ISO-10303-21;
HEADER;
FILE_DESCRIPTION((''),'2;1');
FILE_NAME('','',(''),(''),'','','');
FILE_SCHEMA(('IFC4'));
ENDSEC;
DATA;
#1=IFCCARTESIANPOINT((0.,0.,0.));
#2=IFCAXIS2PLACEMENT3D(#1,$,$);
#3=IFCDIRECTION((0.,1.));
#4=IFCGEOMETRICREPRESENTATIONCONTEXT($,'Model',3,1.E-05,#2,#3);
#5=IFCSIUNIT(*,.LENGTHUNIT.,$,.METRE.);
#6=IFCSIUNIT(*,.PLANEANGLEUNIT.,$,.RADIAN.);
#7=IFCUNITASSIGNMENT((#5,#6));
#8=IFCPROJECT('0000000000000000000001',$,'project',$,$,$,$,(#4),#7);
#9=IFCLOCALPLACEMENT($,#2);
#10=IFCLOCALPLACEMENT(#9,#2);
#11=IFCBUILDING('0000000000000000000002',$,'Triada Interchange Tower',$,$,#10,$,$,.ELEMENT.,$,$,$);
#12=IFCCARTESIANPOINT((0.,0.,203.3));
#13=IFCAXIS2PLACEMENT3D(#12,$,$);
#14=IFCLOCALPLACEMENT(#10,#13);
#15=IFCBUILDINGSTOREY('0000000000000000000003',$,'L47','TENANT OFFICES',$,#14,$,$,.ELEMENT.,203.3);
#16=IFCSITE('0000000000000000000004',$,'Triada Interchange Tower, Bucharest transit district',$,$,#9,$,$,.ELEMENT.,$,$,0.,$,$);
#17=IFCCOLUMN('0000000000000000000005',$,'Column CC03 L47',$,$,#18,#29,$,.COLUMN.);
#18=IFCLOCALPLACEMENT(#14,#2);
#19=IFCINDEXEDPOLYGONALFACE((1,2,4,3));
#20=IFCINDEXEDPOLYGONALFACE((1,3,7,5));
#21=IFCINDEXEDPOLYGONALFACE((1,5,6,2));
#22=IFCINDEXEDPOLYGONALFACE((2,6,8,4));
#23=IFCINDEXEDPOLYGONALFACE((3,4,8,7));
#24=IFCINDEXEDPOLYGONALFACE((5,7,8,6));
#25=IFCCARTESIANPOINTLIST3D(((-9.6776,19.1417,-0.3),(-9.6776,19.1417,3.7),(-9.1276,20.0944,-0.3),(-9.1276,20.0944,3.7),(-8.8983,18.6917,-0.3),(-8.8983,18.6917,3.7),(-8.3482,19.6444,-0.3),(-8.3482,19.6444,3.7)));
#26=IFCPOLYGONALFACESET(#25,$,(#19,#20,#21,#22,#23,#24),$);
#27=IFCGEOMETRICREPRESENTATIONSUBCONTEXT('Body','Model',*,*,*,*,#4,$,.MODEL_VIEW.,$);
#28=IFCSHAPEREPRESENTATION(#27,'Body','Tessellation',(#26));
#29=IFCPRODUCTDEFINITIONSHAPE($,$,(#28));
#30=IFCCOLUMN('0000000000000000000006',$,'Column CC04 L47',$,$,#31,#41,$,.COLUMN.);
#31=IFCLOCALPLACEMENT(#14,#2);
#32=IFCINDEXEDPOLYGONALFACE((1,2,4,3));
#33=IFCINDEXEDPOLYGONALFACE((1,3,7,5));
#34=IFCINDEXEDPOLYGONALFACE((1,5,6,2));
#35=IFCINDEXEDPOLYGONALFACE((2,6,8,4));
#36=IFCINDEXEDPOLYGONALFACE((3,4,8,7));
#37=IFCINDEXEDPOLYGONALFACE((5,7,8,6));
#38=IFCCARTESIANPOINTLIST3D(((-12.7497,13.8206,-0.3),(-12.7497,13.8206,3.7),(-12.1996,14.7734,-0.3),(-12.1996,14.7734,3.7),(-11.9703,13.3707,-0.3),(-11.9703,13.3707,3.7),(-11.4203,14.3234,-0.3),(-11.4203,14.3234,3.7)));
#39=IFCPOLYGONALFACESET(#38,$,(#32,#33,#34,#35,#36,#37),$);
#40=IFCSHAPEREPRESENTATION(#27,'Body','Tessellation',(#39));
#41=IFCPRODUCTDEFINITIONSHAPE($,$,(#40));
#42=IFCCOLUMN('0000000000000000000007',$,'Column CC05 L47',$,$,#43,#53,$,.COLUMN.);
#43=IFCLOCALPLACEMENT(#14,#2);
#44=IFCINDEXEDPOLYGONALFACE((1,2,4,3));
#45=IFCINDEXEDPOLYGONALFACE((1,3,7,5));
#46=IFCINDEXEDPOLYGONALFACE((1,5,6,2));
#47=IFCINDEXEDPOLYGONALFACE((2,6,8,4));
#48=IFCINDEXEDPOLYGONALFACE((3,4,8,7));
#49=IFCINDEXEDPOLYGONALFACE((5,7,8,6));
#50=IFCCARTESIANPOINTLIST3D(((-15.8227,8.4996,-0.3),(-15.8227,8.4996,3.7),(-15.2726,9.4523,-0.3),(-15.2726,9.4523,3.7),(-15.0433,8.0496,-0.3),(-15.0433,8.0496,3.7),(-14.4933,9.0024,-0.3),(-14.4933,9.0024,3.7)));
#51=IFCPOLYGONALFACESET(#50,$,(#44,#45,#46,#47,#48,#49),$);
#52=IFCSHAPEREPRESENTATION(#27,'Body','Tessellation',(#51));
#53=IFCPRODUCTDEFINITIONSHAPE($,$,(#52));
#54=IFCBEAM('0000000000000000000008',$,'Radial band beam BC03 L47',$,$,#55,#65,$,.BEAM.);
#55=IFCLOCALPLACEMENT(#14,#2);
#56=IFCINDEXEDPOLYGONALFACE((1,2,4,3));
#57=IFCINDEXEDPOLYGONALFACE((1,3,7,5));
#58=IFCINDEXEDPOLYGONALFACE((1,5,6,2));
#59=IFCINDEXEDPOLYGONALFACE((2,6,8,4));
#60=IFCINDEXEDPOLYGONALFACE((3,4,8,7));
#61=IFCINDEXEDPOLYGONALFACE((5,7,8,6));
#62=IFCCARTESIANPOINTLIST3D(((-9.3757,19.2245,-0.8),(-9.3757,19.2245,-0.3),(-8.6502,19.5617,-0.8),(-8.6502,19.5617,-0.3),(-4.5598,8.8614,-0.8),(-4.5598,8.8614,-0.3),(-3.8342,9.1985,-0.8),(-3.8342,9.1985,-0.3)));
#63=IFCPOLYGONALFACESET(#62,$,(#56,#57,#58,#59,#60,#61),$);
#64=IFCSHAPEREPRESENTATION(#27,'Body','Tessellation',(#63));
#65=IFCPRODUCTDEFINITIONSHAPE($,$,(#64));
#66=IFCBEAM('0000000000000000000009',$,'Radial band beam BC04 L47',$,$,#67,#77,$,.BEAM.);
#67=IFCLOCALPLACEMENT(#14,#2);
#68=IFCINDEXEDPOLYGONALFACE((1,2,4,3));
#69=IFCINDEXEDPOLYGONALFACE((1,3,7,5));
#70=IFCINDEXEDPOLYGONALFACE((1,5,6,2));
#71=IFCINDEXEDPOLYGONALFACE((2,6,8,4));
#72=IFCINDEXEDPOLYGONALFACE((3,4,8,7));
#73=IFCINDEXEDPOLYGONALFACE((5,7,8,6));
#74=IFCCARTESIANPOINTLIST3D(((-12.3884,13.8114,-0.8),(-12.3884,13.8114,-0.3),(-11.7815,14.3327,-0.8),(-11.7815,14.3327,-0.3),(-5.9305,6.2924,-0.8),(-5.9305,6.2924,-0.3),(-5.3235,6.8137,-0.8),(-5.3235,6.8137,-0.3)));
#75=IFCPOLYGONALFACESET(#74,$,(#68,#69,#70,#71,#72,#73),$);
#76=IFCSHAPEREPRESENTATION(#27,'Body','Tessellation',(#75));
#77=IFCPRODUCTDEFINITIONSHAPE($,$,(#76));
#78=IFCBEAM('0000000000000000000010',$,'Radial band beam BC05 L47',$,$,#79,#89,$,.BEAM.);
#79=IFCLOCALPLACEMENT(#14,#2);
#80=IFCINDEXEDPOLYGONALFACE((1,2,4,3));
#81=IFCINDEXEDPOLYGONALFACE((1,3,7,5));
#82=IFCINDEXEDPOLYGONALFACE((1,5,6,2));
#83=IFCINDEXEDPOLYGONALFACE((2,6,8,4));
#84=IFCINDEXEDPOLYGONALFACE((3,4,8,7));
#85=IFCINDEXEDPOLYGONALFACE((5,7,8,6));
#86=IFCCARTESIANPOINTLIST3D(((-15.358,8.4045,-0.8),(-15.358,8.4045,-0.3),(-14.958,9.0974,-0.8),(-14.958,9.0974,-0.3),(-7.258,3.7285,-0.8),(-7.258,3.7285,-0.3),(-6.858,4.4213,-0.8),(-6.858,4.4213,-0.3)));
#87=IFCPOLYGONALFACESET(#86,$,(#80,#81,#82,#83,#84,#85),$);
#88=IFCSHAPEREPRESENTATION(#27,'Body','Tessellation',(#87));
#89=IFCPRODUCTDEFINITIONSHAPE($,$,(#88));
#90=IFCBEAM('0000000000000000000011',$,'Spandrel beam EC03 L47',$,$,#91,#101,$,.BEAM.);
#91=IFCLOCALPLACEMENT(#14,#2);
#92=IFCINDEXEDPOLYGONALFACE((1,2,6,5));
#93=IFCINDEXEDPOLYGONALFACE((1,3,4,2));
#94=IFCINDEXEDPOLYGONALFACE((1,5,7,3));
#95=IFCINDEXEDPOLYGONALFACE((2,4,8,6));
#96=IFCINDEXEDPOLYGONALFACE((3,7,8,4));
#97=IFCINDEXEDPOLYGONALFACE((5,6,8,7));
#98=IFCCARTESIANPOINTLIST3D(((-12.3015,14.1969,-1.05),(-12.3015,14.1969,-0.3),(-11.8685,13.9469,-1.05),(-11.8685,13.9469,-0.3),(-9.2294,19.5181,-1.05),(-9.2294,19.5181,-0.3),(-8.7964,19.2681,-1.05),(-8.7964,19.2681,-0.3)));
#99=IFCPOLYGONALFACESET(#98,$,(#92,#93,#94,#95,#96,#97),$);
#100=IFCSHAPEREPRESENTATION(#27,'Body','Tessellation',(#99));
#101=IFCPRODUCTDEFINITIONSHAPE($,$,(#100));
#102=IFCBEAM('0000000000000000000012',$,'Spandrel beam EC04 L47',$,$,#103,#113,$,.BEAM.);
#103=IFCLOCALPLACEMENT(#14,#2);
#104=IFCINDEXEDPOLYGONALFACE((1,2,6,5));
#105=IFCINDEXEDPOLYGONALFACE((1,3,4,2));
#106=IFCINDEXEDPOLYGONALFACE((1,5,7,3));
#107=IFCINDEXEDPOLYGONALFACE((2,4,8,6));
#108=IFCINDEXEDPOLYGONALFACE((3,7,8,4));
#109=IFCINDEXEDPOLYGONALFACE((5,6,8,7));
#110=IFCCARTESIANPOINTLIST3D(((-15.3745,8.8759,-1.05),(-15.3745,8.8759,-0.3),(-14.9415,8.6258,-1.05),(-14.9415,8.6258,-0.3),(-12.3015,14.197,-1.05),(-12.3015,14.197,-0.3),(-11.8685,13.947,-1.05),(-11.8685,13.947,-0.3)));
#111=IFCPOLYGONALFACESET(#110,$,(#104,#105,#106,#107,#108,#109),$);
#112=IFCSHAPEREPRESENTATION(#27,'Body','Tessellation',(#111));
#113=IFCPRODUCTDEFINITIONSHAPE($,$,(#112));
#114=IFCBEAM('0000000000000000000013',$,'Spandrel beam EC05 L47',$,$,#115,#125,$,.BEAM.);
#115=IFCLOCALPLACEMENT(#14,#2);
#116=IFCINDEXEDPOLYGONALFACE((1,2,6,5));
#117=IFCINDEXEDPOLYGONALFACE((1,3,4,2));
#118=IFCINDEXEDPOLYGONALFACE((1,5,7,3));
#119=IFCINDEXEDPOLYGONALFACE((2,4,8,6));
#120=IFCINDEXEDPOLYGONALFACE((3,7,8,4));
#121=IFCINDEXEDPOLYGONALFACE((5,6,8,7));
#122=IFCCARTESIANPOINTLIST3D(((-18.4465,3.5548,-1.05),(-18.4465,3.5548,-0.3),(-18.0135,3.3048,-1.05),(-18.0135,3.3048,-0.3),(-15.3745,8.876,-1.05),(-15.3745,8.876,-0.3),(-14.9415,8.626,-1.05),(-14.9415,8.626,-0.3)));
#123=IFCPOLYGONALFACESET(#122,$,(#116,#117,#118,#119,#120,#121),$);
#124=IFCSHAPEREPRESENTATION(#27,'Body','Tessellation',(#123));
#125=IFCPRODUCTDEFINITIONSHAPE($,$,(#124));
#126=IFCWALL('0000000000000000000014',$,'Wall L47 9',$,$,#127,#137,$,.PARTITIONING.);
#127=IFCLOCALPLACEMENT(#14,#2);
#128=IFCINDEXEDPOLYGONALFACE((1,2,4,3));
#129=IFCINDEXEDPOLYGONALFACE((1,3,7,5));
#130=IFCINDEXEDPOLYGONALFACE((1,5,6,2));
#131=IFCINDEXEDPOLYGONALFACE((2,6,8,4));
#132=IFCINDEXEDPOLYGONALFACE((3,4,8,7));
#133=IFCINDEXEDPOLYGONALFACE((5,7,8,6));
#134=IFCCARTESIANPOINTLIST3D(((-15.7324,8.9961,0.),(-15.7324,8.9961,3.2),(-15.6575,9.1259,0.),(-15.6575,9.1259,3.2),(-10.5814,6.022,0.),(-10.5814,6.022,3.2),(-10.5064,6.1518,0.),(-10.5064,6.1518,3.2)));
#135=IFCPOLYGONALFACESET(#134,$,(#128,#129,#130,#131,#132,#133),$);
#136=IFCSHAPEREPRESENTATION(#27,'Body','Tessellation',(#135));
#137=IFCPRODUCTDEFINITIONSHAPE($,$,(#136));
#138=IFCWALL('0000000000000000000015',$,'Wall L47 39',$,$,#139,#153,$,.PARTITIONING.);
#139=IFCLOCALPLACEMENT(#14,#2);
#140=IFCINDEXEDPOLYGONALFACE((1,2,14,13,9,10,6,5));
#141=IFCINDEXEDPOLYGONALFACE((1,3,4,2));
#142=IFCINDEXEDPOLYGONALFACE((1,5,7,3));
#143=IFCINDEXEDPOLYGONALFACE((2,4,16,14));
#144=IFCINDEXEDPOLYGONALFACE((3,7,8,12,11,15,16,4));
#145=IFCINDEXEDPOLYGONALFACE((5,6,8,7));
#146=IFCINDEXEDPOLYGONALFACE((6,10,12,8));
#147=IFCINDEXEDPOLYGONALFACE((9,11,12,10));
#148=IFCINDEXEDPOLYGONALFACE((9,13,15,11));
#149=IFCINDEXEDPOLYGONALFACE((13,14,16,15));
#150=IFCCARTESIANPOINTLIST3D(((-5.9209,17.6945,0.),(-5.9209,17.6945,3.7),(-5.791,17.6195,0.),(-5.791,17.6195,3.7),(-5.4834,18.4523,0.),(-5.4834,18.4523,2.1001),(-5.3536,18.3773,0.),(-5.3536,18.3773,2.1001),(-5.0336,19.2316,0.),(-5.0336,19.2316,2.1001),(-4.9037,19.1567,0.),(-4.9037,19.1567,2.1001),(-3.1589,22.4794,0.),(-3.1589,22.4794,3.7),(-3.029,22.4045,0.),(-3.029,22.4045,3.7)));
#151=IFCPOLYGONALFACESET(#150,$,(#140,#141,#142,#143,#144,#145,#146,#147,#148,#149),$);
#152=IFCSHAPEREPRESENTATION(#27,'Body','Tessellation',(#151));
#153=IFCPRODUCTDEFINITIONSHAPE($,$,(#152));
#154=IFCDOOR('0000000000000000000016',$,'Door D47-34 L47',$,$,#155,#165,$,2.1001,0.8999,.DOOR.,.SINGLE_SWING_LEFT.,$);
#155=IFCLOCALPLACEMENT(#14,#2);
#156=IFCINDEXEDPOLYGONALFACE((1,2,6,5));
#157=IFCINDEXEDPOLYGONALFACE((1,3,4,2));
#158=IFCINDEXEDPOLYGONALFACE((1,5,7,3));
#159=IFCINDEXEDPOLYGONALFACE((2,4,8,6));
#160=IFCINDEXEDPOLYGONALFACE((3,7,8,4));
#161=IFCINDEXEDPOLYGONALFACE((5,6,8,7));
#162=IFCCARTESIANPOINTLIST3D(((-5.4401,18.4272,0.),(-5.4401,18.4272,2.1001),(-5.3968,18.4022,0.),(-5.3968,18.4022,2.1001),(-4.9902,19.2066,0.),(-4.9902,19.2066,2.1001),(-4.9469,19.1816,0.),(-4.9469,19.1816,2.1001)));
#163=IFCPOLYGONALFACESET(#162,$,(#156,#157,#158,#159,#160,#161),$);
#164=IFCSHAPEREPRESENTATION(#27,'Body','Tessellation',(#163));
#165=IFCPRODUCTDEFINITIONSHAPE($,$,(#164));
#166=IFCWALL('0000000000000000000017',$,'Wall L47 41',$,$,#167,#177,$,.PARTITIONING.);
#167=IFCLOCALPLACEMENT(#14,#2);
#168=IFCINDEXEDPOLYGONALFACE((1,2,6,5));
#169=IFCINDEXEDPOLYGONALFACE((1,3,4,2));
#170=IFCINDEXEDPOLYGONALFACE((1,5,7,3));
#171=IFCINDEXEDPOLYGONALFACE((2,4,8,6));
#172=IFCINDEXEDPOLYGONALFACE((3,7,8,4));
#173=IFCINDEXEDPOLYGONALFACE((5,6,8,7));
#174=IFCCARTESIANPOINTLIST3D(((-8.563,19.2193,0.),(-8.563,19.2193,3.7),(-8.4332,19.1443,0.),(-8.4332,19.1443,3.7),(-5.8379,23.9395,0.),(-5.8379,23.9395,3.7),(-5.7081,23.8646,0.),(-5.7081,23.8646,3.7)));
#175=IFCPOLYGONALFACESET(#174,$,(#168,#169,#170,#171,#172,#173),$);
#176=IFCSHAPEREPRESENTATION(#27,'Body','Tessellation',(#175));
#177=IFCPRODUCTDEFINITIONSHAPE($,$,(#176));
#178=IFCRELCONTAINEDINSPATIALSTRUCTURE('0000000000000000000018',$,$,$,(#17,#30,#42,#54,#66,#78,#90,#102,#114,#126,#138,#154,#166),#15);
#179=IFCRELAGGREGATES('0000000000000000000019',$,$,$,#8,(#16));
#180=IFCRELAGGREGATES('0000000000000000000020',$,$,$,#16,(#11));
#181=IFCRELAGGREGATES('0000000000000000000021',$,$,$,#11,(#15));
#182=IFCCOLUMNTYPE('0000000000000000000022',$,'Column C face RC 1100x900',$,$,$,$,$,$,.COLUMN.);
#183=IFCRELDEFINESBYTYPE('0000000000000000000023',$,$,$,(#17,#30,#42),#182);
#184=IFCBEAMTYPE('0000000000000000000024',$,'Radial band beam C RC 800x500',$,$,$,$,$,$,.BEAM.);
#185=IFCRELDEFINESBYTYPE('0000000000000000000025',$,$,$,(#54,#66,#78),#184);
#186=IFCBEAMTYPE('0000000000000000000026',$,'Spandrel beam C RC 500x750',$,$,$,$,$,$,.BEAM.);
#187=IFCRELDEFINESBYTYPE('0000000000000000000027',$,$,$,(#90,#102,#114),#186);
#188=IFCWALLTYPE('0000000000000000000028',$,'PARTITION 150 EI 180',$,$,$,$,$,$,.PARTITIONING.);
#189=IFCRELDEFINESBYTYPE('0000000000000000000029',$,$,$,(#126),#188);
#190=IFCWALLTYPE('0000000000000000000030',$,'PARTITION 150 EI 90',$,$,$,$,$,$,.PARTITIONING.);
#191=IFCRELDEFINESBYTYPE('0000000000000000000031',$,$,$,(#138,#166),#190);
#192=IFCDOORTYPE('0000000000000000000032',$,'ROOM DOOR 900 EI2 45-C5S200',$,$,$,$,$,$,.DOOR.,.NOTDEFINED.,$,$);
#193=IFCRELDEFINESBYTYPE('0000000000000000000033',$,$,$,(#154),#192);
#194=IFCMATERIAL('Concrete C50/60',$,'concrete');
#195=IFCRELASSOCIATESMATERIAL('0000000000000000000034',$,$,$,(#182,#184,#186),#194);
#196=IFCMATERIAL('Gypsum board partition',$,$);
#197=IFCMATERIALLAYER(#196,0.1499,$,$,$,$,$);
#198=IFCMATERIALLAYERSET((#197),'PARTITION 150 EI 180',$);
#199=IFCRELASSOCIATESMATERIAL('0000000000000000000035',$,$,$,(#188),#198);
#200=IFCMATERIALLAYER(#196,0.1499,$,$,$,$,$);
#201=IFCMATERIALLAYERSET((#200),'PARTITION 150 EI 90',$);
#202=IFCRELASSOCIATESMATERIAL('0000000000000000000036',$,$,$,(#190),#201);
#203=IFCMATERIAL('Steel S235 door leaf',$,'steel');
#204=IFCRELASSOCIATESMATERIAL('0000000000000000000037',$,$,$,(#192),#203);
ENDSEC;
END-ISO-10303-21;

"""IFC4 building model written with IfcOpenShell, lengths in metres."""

from ifc_helpers import new_model, si_unit, direction, frame, frame_2d, origin, origin_2d, place, context, subcontext, project, spatial, rectangle, extrude, material, layer, layer_set, material_profile, profile_set, type_object, element, fill, save


model = new_model("IFC4")

# Units and contexts
model_context = context("Model", 3, precision=1e-05, world=origin(), true_north=direction((0.0, 1.0)))
body_context = subcontext(model_context, "Body", "Model", "MODEL_VIEW")
ifc_project = project(units=[si_unit("LENGTHUNIT", "METRE"), si_unit("PLANEANGLEUNIT", "RADIAN")], contexts=[model_context])

# Site, building, storey
site_placement = place(None, origin())
site = spatial("IfcSite", under=ifc_project, at=site_placement, Name="Triada Interchange Tower, Bucharest transit district", CompositionType="ELEMENT", RefElevation=0.0)
building_placement = place(site_placement, origin())
building = spatial("IfcBuilding", under=site, at=building_placement, Name="Triada Interchange Tower", CompositionType="ELEMENT")
storey_placement = place(building_placement, frame((0.0, 0.0, 203.3)))
storey = spatial("IfcBuildingStorey", under=building, at=storey_placement, Name="L47", Description="TENANT OFFICES", CompositionType="ELEMENT", Elevation=203.3)

# Columns
ifc_material_1 = material(Name="Concrete C50/60", Category="concrete")
ifc_material_profile_1 = material_profile(ifc_material_1, rectangle(XDim=1.1001, YDim=0.8999, at=origin_2d()), Name="RC 1100x900")
ifc_profile_set_1 = profile_set([ifc_material_profile_1], Name="Concrete C50/60")
column_type = type_object("IfcColumnType", Name="Column C face RC 1100x900", PredefinedType="COLUMN", material=ifc_profile_set_1)
for number, where, z_axis, x_axis, name in (
    (1, (-9.0129, 19.3931, -0.3), (0.0, 0.0, 1.0), (0.5, 0.866025, 0.0), "Column CC03 L47"),
    (2, (-12.085, 14.072, -0.3), (0.0, 0.0, 1.0), (0.5, 0.866025, 0.0), "Column CC04 L47"),
    (3, (-15.158, 8.751, -0.3), (0.0, 0.0, 1.0), (0.5, 0.866025, 0.0), "Column CC05 L47"),
):
    element("IfcColumn", number, at=place(storey_placement, frame(where, z_axis=z_axis, x_axis=x_axis)), inside=storey, type_object=column_type, Name=name, PredefinedType="COLUMN", context=body_context, shape_type="SweptSolid", body=[
        extrude(rectangle(XDim=1.1001, YDim=0.8999, at=origin_2d()), origin(), (0.0, 0.0, 1.0), 4.0),
    ])

# Beams
ifc_material_profile_2 = material_profile(ifc_material_1, rectangle(XDim=0.8, YDim=0.5, at=origin_2d()), Name="RC 800x500")
ifc_profile_set_2 = profile_set([ifc_material_profile_2], Name="Concrete C50/60")
beam_type_1 = type_object("IfcBeamType", Name="Radial band beam C RC 800x500", PredefinedType="BEAM", material=ifc_profile_set_2)
beam_1_placement = place(storey_placement, frame((-9.0129, 19.3931, -0.55), z_axis=(0.421436, -0.906858, 0.0), x_axis=(0.906858, 0.421436, 0.0)))
element("IfcBeam", 4, at=beam_1_placement, inside=storey, type_object=beam_type_1, Name="Radial band beam BC03 L47", PredefinedType="BEAM", context=body_context, shape_type="SweptSolid", body=[
    extrude(rectangle(XDim=0.8, YDim=0.5, at=origin_2d()), origin(), (0.0, 0.0, 1.0), 11.4275),
])
beam_2_placement = place(storey_placement, frame((-12.085, 14.072, -0.55), z_axis=(0.651554, -0.758602, 0.0), x_axis=(0.758602, 0.651554, 0.0)))
element("IfcBeam", 5, at=beam_2_placement, inside=storey, type_object=beam_type_1, Name="Radial band beam BC04 L47", PredefinedType="BEAM", context=body_context, shape_type="SweptSolid", body=[
    extrude(rectangle(XDim=0.8, YDim=0.5, at=origin_2d()), origin(), (0.0, 0.0, 1.0), 9.9116),
])
beam_3_placement = place(storey_placement, frame((-15.158, 8.751, -0.55), z_axis=(0.866045, -0.499966, 0.0), x_axis=(0.499966, 0.866045, 0.0)))
element("IfcBeam", 6, at=beam_3_placement, inside=storey, type_object=beam_type_1, Name="Radial band beam BC05 L47", PredefinedType="BEAM", context=body_context, shape_type="SweptSolid", body=[
    extrude(rectangle(XDim=0.8, YDim=0.5, at=origin_2d()), origin(), (0.0, 0.0, 1.0), 9.3528),
])
ifc_material_profile_3 = material_profile(ifc_material_1, rectangle(XDim=0.5, YDim=0.75, at=origin_2d()), Name="RC 500x750")
ifc_profile_set_3 = profile_set([ifc_material_profile_3], Name="Concrete C50/60")
beam_type_2 = type_object("IfcBeamType", Name="Spandrel beam C RC 500x750", PredefinedType="BEAM", material=ifc_profile_set_3)
beam_4_placement = place(storey_placement, frame((-9.0129, 19.3931, -0.675), z_axis=(-0.49999, -0.866031, 0.0), x_axis=(0.866031, -0.49999, 0.0)))
element("IfcBeam", 7, at=beam_4_placement, inside=storey, type_object=beam_type_2, Name="Spandrel beam EC03 L47", PredefinedType="BEAM", context=body_context, shape_type="SweptSolid", body=[
    extrude(rectangle(XDim=0.5, YDim=0.75, at=origin_2d()), origin(), (0.0, 0.0, 1.0), 6.1443),
])
beam_5_placement = place(storey_placement, frame((-12.085, 14.072, -0.675), z_axis=(-0.500109, -0.865963, 0.0), x_axis=(0.865963, -0.500109, 0.0)))
element("IfcBeam", 8, at=beam_5_placement, inside=storey, type_object=beam_type_2, Name="Spandrel beam EC04 L47", PredefinedType="BEAM", context=body_context, shape_type="SweptSolid", body=[
    extrude(rectangle(XDim=0.5, YDim=0.75, at=origin_2d()), origin(), (0.0, 0.0, 1.0), 6.1448),
])
beam_6_placement = place(storey_placement, frame((-15.158, 8.751, -0.675), z_axis=(-0.49999, -0.866031, 0.0), x_axis=(0.866031, -0.49999, 0.0)))
element("IfcBeam", 9, at=beam_6_placement, inside=storey, type_object=beam_type_2, Name="Spandrel beam EC05 L47", PredefinedType="BEAM", context=body_context, shape_type="SweptSolid", body=[
    extrude(rectangle(XDim=0.5, YDim=0.75, at=origin_2d()), origin(), (0.0, 0.0, 1.0), 6.1443),
])

# Shared definitions
ifc_material_2 = material(Name="Steel S235 door leaf", Category="steel")

# Wall
ifc_material_3 = material(Name="Gypsum board partition")
ifc_layer_1 = layer(ifc_material_3, 0.1499)
ifc_layer_set_1 = layer_set([ifc_layer_1], Name="PARTITION 150 EI 180")
wall_type_1 = type_object("IfcWallType", Name="PARTITION 150 EI 180", PredefinedType="PARTITIONING", material=ifc_layer_set_1)
wall_1_placement = place(storey_placement, frame((-15.6951, 9.061, 0.0), z_axis=(0.0, 0.0, 1.0), x_axis=(0.866017, -0.500015, 0.0)))
element("IfcWall", 10, at=wall_1_placement, inside=storey, type_object=wall_type_1, Name="Wall L47 9", PredefinedType="PARTITIONING", context=body_context, shape_type="SweptSolid", body=[
    extrude(rectangle(XDim=5.948, YDim=0.1499, at=frame_2d((2.9741, 0.0))), origin(), (0.0, 0.0, 1.0), 3.2),
])

# Wall, opening, door
ifc_layer_2 = layer(ifc_material_3, 0.1499)
ifc_layer_set_2 = layer_set([ifc_layer_2], Name="PARTITION 150 EI 90")
wall_type_2 = type_object("IfcWallType", Name="PARTITION 150 EI 90", PredefinedType="PARTITIONING", material=ifc_layer_set_2)
wall_2_placement = place(storey_placement, frame((-5.856, 17.657, 0.0), z_axis=(0.0, 0.0, 1.0), x_axis=(0.499918, 0.866073, 0.0)))
wall_2 = element("IfcWall", 11, at=wall_2_placement, inside=storey, type_object=wall_type_2, Name="Wall L47 39", PredefinedType="PARTITIONING", context=body_context, shape_type="SweptSolid", body=[
    extrude(rectangle(XDim=5.5249, YDim=0.1499, at=frame_2d((2.7625, 0.0))), origin(), (0.0, 0.0, 1.0), 3.7),
])
opening_1_placement = place(wall_2_placement, frame((0.875, 0.0, 0.0)))
opening_1 = element("IfcOpeningElement", 12, at=opening_1_placement, cuts=wall_2, PredefinedType="OPENING", context=body_context, shape_type="SweptSolid", body=[
    extrude(rectangle(XDim=0.8999, YDim=2.1001, at=frame_2d((0.45, 1.05))), frame((0.0, 0.085, 0.0), z_axis=(0.0, -1.0, 0.0), x_axis=(1.0, 0.0, 0.0)), (0.0, 0.0, 1.0), 0.1699),
])
door_type_1 = type_object("IfcDoorType", Name="ROOM DOOR 900 EI2 45-C5S200", OperationType="NOTDEFINED", PredefinedType="DOOR", material=ifc_material_2)
door_1_placement = place(opening_1_placement, origin())
door_1 = element("IfcDoor", 13, at=door_1_placement, inside=storey, type_object=door_type_1, Name="Door D47-34 L47", OperationType="SINGLE_SWING_LEFT", OverallHeight=2.1001, OverallWidth=0.8999, PredefinedType="DOOR", context=body_context, shape_type="SweptSolid", body=[
    extrude(rectangle(XDim=0.8999, YDim=2.1001, at=frame_2d((0.45, 1.05))), frame((0.0, 0.0249, 0.0), z_axis=(0.0, -1.0, 0.0), x_axis=(1.0, 0.0, 0.0)), (0.0, 0.0, 1.0), 0.05),
])
fill(opening_1, door_1)

# Wall
wall_3_placement = place(storey_placement, frame((-8.498, 19.1819, 0.0), z_axis=(0.0, 0.0, 1.0), x_axis=(0.499984, 0.866035, 0.0)))
element("IfcWall", 14, at=wall_3_placement, inside=storey, type_object=wall_type_2, Name="Wall L47 41", PredefinedType="PARTITIONING", context=body_context, shape_type="SweptSolid", body=[
    extrude(rectangle(XDim=5.4504, YDim=0.1499, at=frame_2d((2.7251, 0.0))), origin(), (0.0, 0.0, 1.0), 3.7),
])

save(model, "model.ifc")
